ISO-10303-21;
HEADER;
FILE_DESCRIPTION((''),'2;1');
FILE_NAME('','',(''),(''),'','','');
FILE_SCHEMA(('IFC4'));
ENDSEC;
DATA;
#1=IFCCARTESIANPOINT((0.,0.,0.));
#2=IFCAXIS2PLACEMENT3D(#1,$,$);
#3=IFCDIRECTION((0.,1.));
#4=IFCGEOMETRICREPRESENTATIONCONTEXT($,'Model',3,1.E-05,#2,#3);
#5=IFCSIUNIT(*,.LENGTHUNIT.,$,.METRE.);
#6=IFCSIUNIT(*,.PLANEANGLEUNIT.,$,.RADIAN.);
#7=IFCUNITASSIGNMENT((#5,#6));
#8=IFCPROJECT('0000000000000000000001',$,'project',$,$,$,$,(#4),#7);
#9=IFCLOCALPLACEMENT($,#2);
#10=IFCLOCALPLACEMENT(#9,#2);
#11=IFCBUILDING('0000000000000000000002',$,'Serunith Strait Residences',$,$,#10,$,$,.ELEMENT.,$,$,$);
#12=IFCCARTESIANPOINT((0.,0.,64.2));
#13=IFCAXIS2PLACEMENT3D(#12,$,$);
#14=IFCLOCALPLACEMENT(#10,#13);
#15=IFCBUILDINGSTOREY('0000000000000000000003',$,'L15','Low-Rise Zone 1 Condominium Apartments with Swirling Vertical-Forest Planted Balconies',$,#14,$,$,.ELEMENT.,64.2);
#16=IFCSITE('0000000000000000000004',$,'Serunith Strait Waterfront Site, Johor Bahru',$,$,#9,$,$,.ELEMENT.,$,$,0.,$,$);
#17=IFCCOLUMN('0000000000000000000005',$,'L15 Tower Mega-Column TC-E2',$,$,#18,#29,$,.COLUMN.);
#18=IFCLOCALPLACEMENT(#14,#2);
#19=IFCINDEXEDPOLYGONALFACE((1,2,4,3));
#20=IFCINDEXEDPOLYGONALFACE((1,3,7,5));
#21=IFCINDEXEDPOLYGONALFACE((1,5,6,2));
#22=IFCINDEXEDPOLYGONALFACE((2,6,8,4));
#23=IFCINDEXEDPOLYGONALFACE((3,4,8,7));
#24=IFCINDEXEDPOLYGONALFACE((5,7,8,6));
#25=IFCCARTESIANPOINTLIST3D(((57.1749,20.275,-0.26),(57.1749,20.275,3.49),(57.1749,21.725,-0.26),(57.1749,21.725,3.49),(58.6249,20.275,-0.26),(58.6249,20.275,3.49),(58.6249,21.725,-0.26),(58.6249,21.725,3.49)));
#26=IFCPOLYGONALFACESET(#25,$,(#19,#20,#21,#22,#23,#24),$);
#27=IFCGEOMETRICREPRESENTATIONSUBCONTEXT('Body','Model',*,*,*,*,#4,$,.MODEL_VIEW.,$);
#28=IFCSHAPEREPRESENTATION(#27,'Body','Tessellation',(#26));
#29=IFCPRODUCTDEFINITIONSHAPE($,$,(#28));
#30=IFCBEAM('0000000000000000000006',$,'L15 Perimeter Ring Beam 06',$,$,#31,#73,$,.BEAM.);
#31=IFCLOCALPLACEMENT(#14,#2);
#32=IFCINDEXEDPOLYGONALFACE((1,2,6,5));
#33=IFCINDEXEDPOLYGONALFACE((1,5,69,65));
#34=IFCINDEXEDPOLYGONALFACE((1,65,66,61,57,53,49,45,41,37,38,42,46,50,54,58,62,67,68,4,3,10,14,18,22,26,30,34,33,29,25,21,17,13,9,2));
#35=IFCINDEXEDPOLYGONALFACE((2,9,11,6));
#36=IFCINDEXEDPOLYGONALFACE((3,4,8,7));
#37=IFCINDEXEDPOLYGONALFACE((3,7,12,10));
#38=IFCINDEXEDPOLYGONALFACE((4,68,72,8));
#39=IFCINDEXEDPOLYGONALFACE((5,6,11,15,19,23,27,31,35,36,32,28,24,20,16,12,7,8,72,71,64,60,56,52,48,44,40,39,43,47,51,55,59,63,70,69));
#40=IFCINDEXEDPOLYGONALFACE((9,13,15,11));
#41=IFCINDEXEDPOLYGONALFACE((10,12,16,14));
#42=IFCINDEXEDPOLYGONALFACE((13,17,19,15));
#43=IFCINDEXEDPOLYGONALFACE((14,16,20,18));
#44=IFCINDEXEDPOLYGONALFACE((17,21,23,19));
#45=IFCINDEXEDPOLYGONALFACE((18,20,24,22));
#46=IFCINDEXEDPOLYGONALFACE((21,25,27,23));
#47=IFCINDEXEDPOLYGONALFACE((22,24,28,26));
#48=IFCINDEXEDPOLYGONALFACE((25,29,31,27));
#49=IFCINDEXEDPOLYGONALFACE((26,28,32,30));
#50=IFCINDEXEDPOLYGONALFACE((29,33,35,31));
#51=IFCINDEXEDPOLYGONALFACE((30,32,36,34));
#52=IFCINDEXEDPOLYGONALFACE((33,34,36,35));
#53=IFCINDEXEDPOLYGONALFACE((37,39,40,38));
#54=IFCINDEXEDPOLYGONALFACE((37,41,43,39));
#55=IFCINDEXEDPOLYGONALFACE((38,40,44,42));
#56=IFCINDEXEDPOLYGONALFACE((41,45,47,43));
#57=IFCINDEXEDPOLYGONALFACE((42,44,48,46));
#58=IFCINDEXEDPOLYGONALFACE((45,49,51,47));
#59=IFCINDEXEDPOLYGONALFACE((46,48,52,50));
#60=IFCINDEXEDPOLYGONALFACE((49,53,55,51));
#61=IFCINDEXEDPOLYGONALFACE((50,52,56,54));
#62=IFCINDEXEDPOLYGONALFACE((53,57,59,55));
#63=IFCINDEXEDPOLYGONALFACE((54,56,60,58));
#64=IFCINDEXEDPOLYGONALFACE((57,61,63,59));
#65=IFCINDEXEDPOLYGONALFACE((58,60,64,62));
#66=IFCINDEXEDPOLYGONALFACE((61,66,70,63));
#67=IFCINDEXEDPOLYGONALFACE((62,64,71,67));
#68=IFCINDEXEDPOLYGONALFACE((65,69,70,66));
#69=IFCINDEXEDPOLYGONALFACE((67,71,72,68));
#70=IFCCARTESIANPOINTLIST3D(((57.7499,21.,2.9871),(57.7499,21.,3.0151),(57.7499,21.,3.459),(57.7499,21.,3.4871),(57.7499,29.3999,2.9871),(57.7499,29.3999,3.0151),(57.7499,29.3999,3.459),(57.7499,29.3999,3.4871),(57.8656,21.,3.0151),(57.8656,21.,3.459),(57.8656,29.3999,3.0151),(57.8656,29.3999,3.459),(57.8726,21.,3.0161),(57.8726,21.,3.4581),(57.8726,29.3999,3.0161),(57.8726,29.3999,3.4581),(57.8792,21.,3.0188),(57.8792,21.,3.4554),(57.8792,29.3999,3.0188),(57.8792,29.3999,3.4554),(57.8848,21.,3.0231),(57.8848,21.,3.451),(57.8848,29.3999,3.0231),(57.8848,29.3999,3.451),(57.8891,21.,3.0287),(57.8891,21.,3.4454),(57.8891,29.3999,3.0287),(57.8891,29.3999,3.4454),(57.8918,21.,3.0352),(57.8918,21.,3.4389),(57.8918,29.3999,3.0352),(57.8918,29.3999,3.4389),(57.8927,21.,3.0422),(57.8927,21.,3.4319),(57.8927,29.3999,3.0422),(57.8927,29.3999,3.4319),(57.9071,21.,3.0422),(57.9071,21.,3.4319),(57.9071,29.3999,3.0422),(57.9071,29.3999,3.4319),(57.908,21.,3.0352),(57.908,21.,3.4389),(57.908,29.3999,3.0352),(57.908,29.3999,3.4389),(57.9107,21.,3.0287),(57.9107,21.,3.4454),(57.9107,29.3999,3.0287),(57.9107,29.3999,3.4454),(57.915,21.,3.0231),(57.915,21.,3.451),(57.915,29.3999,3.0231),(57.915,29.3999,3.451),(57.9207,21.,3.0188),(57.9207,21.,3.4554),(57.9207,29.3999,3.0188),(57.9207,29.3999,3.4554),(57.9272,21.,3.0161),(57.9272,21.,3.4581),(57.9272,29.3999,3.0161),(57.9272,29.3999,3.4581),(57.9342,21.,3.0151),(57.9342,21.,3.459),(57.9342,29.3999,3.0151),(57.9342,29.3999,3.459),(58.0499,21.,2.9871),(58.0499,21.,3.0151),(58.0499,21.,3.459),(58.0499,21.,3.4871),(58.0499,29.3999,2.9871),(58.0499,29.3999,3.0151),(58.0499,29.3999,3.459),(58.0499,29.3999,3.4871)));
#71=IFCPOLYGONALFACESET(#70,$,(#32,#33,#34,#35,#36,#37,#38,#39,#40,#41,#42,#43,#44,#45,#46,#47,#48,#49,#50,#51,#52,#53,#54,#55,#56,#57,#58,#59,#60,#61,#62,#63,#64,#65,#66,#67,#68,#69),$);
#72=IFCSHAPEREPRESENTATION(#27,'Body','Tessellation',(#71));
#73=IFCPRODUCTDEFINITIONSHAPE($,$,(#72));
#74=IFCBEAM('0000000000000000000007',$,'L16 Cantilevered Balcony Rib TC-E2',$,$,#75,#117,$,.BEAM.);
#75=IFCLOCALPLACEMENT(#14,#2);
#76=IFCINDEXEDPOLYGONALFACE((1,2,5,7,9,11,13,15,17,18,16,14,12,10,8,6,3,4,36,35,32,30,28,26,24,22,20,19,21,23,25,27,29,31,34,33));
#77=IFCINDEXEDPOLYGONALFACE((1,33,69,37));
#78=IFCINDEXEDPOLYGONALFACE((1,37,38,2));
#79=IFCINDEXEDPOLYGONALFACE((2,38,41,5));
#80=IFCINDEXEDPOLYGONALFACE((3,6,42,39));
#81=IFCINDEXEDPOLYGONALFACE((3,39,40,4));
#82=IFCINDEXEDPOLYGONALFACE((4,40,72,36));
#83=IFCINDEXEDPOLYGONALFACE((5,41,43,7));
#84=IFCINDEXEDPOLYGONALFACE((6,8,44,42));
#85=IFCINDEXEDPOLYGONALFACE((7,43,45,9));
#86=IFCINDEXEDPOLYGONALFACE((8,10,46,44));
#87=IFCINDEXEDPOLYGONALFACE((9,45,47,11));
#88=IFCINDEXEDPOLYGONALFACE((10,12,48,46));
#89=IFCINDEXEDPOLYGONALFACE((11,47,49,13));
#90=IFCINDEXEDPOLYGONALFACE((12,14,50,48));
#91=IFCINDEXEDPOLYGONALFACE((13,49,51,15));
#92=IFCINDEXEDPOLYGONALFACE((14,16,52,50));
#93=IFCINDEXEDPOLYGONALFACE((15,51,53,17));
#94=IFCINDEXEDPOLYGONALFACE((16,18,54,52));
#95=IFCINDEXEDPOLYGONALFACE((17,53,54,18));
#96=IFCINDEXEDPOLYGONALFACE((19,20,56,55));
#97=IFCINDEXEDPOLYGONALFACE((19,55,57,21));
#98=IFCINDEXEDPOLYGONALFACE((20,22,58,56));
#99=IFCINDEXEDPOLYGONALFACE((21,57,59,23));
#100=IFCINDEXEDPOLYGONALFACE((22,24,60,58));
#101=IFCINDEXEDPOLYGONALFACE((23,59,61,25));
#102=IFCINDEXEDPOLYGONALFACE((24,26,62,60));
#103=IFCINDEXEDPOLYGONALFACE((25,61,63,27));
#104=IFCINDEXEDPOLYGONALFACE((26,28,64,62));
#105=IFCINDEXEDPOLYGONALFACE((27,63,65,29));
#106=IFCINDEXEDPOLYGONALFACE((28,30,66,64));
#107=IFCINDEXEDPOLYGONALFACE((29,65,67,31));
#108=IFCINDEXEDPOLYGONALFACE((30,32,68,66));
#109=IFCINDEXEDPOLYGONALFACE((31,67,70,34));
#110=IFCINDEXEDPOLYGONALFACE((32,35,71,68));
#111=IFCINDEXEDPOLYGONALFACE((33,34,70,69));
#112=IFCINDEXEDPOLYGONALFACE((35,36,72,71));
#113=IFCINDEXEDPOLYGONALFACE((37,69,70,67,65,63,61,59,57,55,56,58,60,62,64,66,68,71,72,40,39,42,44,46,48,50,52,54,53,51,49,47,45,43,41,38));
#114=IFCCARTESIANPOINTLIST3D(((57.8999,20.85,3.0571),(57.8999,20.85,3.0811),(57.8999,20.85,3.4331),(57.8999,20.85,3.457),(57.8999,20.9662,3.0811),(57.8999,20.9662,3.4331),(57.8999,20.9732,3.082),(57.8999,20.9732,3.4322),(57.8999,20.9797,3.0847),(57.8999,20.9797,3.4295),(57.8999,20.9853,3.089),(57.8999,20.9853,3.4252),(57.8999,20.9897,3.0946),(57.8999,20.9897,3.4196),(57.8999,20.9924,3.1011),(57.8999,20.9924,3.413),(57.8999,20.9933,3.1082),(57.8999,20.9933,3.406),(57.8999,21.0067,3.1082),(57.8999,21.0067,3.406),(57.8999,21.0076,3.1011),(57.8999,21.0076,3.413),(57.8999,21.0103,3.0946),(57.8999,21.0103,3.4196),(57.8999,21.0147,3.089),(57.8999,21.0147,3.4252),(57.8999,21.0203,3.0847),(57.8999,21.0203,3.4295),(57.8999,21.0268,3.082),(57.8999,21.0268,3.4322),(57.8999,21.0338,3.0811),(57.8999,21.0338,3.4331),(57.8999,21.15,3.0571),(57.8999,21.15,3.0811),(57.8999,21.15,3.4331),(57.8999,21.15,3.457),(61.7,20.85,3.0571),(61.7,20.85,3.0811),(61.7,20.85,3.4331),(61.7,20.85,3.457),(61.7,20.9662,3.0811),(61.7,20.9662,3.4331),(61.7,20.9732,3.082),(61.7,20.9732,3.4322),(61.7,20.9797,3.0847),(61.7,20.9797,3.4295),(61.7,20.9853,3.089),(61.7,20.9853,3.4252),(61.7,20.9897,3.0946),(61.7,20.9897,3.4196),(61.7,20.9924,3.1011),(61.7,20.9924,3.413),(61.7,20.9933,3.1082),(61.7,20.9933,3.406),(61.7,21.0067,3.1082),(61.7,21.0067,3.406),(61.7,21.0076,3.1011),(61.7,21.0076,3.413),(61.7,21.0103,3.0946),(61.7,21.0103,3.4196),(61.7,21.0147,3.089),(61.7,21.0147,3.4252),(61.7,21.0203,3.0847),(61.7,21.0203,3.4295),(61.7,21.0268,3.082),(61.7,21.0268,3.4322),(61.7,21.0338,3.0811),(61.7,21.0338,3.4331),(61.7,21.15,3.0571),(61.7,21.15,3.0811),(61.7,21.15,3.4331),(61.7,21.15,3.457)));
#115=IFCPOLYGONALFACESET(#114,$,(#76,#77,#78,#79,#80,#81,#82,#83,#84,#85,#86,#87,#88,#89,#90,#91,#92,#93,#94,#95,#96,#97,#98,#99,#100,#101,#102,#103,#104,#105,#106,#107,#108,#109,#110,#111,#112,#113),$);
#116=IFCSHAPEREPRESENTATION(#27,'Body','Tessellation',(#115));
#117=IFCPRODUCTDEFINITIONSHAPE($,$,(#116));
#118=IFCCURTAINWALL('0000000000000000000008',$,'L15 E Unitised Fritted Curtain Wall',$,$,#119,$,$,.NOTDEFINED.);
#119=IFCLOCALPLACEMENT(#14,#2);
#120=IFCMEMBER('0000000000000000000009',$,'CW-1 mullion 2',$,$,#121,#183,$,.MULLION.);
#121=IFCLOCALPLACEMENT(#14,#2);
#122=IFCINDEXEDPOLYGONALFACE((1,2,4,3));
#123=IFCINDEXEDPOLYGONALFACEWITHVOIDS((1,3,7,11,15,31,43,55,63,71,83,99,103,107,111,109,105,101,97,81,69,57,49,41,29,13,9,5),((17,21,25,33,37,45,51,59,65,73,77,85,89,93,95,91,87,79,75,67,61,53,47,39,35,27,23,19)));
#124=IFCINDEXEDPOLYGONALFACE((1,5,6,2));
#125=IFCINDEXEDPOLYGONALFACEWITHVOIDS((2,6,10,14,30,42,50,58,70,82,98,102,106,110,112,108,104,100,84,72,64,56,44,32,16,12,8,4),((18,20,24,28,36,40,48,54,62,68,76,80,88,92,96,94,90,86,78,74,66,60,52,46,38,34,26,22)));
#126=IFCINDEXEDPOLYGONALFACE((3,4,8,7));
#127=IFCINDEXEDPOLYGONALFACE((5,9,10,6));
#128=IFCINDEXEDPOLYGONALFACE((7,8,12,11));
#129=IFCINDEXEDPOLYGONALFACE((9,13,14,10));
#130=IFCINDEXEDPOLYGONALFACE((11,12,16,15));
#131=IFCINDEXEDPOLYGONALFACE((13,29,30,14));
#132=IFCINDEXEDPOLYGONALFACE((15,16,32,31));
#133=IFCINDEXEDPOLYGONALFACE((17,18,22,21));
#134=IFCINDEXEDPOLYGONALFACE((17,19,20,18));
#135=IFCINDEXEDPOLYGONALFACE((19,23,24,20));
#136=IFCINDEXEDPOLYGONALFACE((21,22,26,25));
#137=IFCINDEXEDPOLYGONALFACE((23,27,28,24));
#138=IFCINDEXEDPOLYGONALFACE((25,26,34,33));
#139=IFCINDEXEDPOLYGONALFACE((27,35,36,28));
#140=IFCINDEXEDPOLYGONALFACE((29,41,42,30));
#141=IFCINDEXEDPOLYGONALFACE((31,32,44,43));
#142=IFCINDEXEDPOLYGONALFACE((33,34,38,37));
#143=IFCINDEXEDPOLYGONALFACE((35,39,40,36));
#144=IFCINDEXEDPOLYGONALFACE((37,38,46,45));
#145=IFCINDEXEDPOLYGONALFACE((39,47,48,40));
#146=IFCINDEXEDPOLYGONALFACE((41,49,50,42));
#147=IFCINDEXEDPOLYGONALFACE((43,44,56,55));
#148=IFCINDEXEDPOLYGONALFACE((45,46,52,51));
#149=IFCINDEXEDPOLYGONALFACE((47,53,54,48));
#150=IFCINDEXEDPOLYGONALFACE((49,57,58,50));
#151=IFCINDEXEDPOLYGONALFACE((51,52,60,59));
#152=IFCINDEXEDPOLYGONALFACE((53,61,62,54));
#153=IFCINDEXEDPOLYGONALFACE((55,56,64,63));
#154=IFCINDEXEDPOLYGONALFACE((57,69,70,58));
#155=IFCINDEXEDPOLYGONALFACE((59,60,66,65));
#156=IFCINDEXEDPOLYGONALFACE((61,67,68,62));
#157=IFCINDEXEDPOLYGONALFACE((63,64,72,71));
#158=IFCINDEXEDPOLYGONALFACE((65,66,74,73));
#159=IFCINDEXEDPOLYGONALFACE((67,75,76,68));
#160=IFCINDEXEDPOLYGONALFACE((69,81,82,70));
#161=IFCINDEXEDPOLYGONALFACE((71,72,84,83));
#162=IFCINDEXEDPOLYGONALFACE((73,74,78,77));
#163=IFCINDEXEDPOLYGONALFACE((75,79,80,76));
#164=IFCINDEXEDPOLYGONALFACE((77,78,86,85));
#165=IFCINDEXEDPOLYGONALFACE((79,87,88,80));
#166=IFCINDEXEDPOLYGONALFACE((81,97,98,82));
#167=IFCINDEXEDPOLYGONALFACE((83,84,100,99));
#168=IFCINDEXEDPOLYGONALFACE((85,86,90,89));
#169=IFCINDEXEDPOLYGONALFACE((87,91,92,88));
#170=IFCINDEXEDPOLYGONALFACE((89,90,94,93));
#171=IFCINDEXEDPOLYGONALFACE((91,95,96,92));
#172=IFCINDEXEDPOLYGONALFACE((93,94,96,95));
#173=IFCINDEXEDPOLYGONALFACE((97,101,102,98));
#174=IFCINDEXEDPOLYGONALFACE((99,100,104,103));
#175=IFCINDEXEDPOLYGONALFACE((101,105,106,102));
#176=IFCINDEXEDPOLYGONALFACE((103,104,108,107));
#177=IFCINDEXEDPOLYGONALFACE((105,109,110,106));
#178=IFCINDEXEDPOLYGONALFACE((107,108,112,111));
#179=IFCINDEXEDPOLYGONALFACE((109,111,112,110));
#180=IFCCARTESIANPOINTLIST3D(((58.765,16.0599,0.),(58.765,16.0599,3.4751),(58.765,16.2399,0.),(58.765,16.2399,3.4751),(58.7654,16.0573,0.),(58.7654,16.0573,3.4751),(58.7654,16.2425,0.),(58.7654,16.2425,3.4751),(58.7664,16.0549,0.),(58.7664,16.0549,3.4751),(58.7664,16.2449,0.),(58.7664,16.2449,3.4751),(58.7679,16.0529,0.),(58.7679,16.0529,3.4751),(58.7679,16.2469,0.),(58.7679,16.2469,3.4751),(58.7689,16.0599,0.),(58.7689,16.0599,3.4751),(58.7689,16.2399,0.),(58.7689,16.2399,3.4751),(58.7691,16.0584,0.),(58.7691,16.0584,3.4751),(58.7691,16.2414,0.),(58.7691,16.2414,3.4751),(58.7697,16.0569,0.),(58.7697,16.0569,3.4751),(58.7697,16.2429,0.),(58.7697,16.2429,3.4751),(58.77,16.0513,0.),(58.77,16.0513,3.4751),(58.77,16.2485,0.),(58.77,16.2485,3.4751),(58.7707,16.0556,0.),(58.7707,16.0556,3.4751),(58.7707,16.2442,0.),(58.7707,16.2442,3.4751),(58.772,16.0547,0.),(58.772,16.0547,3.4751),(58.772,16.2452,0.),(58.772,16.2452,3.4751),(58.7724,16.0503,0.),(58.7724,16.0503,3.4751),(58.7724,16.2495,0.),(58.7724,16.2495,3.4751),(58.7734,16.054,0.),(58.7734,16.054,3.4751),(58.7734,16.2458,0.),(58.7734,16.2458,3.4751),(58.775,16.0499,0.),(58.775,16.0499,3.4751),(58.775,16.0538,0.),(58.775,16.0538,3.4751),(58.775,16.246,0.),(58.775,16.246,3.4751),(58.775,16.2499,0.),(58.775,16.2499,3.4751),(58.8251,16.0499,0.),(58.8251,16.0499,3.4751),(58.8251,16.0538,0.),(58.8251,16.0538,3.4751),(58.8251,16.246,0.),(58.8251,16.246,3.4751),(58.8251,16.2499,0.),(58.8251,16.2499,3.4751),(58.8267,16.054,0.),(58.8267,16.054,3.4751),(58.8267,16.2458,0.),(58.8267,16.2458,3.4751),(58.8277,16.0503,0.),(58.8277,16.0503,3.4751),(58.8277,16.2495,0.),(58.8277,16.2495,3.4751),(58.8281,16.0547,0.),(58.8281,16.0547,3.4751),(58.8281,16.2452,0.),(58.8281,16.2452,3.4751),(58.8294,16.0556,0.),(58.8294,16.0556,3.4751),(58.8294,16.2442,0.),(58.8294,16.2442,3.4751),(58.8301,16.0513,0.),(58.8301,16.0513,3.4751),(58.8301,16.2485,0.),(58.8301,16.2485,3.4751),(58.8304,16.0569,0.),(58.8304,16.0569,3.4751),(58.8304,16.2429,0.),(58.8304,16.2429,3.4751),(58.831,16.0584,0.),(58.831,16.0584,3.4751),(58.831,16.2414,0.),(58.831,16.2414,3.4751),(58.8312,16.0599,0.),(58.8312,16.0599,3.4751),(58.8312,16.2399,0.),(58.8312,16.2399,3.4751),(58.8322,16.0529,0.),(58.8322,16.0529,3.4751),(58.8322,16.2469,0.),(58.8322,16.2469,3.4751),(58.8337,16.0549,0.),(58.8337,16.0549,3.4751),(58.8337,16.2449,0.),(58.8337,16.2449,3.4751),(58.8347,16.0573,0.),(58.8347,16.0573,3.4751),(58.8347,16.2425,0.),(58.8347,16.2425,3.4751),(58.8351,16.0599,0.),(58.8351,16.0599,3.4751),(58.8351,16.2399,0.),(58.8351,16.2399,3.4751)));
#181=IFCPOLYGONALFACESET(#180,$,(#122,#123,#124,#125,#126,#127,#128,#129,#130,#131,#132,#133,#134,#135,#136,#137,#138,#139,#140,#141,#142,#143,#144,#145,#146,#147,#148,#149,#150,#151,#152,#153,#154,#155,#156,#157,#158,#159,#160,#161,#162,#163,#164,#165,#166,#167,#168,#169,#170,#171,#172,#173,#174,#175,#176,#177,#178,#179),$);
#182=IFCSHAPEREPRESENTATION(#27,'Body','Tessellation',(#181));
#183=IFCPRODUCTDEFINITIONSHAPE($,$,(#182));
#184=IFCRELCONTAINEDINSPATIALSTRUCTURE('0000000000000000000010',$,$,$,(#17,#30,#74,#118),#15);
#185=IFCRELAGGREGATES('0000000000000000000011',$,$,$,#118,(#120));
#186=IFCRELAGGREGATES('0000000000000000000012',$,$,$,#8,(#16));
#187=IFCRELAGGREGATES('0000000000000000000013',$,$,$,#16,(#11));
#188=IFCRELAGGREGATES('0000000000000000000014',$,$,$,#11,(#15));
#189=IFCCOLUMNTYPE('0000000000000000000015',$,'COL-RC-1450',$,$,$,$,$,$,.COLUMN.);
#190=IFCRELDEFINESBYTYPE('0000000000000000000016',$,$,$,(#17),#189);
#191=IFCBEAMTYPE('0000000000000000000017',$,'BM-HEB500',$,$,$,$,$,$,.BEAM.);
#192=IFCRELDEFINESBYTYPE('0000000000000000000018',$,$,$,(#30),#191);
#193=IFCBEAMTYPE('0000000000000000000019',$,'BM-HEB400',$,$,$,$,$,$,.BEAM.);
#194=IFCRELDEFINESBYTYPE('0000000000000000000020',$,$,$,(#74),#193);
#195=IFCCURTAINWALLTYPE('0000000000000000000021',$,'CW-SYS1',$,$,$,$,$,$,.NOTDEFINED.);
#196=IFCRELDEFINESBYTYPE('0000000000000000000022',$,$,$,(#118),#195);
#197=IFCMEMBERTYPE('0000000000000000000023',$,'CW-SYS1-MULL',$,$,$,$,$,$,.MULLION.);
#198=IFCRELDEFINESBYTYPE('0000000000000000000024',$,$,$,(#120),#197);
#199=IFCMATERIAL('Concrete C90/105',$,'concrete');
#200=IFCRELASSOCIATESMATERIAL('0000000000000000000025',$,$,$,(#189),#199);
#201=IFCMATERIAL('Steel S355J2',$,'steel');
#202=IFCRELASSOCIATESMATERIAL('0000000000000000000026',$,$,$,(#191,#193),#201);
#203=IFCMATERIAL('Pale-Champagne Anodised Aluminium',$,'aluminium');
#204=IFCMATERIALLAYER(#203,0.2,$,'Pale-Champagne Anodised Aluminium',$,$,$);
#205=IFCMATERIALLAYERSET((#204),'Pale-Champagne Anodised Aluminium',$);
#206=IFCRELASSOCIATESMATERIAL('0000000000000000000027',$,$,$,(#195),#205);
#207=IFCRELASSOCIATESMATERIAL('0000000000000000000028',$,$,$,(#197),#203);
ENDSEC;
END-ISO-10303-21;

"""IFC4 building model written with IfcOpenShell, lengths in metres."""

from ifc_helpers import new_model, si_unit, direction, frame, origin, origin_2d, place, context, subcontext, project, spatial, rectangle, hollow_rectangle, i_section, extrude, source, transform, mapped, material, layer, layer_set, material_profile, profile_set, type_object, element, aggregate, save


model = new_model("IFC4")

# Units and contexts
model_context = context("Model", 3, precision=1e-05, world=origin(), true_north=direction((0.0, 1.0)))
body_context = subcontext(model_context, "Body", "Model", "MODEL_VIEW")
ifc_project = project(units=[si_unit("LENGTHUNIT", "METRE"), si_unit("PLANEANGLEUNIT", "RADIAN")], contexts=[model_context])

# Site, building, storey
site_placement = place(None, origin())
site = spatial("IfcSite", under=ifc_project, at=site_placement, Name="Serunith Strait Waterfront Site, Johor Bahru", CompositionType="ELEMENT", RefElevation=0.0)
building_placement = place(site_placement, origin())
building = spatial("IfcBuilding", under=site, at=building_placement, Name="Serunith Strait Residences", CompositionType="ELEMENT")
storey_placement = place(building_placement, frame((0.0, 0.0, 64.2)))
storey = spatial("IfcBuildingStorey", under=building, at=storey_placement, Name="L15", Description="Low-Rise Zone 1 Condominium Apartments with Swirling Vertical-Forest Planted Balconies", CompositionType="ELEMENT", Elevation=64.2)

# Column
ifc_material_1 = material(Name="Concrete C90/105", Category="concrete")
ifc_material_profile_1 = material_profile(ifc_material_1, rectangle(XDim=1.45, YDim=1.45, at=origin_2d()), Name="RC 1450x1450")
ifc_profile_set_1 = profile_set([ifc_material_profile_1], Name="Concrete C90/105")
column_type = type_object("IfcColumnType", Name="COL-RC-1450", PredefinedType="COLUMN", material=ifc_profile_set_1)
shared_shape_1 = source(origin(), body_context, "Body", "SweptSolid", [
    extrude(rectangle(XDim=1.45, YDim=1.45, at=origin_2d()), origin(), (0.0, 0.0, 1.0), 3.75),
])
column_placement = place(storey_placement, frame((57.8999, 21.0, -0.26), z_axis=(0.0, 0.0, 1.0), x_axis=(1.0, 0.0, 0.0)))
element("IfcColumn", 1, at=column_placement, inside=storey, type_object=column_type, Name="L15 Tower Mega-Column TC-E2", PredefinedType="COLUMN", context=body_context, shape_type="MappedRepresentation", body=[
    mapped(shared_shape_1, transform((0.0, 0.0, 0.0), scale=1.0)),
])

# Beams
ifc_material_2 = material(Name="Steel S355J2", Category="steel")
ifc_material_profile_2 = material_profile(ifc_material_2, i_section(OverallWidth=0.3, OverallDepth=0.5, WebThickness=0.0144, FlangeThickness=0.0281, FilletRadius=0.0271, at=origin_2d()), Name="HEB 500")
ifc_profile_set_2 = profile_set([ifc_material_profile_2], Name="Steel S355J2")
beam_type_1 = type_object("IfcBeamType", Name="BM-HEB500", PredefinedType="BEAM", material=ifc_profile_set_2)
shared_shape_2 = source(origin(), body_context, "Body", "SweptSolid", [
    extrude(i_section(OverallWidth=0.3, OverallDepth=0.5, WebThickness=0.0144, FlangeThickness=0.0281, FilletRadius=0.0271, at=origin_2d()), origin(), (0.0, 0.0, 1.0), 8.3999),
])
beam_1_placement = place(storey_placement, frame((57.8999, 21.0, 3.2371), z_axis=(0.0, 1.0, 0.0), x_axis=(-1.0, 0.0, 0.0)))
element("IfcBeam", 2, at=beam_1_placement, inside=storey, type_object=beam_type_1, Name="L15 Perimeter Ring Beam 06", PredefinedType="BEAM", context=body_context, shape_type="MappedRepresentation", body=[
    mapped(shared_shape_2, transform((0.0, 0.0, 0.0), scale=1.0)),
])
ifc_material_profile_3 = material_profile(ifc_material_2, i_section(OverallWidth=0.3, OverallDepth=0.3999, WebThickness=0.0134, FlangeThickness=0.0239, FilletRadius=0.0271, at=origin_2d()), Name="HEB 400")
ifc_profile_set_3 = profile_set([ifc_material_profile_3], Name="Steel S355J2")
beam_type_2 = type_object("IfcBeamType", Name="BM-HEB400", PredefinedType="BEAM", material=ifc_profile_set_3)
shared_shape_3 = source(origin(), body_context, "Body", "SweptSolid", [
    extrude(i_section(OverallWidth=0.3, OverallDepth=0.3999, WebThickness=0.0134, FlangeThickness=0.0239, FilletRadius=0.0271, at=origin_2d()), origin(), (0.0, 0.0, 1.0), 3.8),
])
beam_2_placement = place(storey_placement, frame((57.8999, 21.0, 3.2571), z_axis=(1.0, 0.0, 0.0), x_axis=(0.0, 1.0, 0.0)))
element("IfcBeam", 3, at=beam_2_placement, inside=storey, type_object=beam_type_2, Name="L16 Cantilevered Balcony Rib TC-E2", PredefinedType="BEAM", context=body_context, shape_type="MappedRepresentation", body=[
    mapped(shared_shape_3, transform((0.0, 0.0, 0.0), scale=1.0)),
])

# Curtain wall, member
ifc_material_3 = material(Name="Pale-Champagne Anodised Aluminium", Category="aluminium")
ifc_layer_1 = layer(ifc_material_3, 0.2, Name="Pale-Champagne Anodised Aluminium")
ifc_layer_set_1 = layer_set([ifc_layer_1], Name="Pale-Champagne Anodised Aluminium")
curtain_wall_type = type_object("IfcCurtainWallType", Name="CW-SYS1", PredefinedType="NOTDEFINED", material=ifc_layer_set_1)
curtain_wall_placement = place(storey_placement, origin())
curtain_wall = element("IfcCurtainWall", 4, at=curtain_wall_placement, inside=storey, type_object=curtain_wall_type, Name="L15 E Unitised Fritted Curtain Wall", PredefinedType="NOTDEFINED")
ifc_material_profile_4 = material_profile(ifc_material_3, hollow_rectangle(XDim=0.0701, YDim=0.2, WallThickness=0.0039, InnerFilletRadius=0.0061, OuterFilletRadius=0.01, at=origin_2d()), Name="ALU 200x70x4")
ifc_profile_set_4 = profile_set([ifc_material_profile_4], Name="Pale-Champagne Anodised Aluminium")
member_type_1 = type_object("IfcMemberType", Name="CW-SYS1-MULL", PredefinedType="MULLION", material=ifc_profile_set_4)
shared_shape_4 = source(origin(), body_context, "Body", "SweptSolid", [
    extrude(hollow_rectangle(XDim=0.0701, YDim=0.2, WallThickness=0.0039, InnerFilletRadius=0.0061, OuterFilletRadius=0.01, at=origin_2d()), origin(), (0.0, 0.0, 1.0), 3.4751),
])
member_1_placement = place(storey_placement, frame((58.8, 16.1499, 0.0), z_axis=(0.0, 0.0, 1.0), x_axis=(-1.0, 0.0, 0.0)))
member_1 = element("IfcMember", 5, at=member_1_placement, type_object=member_type_1, Name="CW-1 mullion 2", PredefinedType="MULLION", context=body_context, shape_type="MappedRepresentation", body=[
    mapped(shared_shape_4, transform((0.0, 0.0, 0.0), scale=1.0)),
])
aggregate(curtain_wall, [member_1])

save(model, "model.ifc")
